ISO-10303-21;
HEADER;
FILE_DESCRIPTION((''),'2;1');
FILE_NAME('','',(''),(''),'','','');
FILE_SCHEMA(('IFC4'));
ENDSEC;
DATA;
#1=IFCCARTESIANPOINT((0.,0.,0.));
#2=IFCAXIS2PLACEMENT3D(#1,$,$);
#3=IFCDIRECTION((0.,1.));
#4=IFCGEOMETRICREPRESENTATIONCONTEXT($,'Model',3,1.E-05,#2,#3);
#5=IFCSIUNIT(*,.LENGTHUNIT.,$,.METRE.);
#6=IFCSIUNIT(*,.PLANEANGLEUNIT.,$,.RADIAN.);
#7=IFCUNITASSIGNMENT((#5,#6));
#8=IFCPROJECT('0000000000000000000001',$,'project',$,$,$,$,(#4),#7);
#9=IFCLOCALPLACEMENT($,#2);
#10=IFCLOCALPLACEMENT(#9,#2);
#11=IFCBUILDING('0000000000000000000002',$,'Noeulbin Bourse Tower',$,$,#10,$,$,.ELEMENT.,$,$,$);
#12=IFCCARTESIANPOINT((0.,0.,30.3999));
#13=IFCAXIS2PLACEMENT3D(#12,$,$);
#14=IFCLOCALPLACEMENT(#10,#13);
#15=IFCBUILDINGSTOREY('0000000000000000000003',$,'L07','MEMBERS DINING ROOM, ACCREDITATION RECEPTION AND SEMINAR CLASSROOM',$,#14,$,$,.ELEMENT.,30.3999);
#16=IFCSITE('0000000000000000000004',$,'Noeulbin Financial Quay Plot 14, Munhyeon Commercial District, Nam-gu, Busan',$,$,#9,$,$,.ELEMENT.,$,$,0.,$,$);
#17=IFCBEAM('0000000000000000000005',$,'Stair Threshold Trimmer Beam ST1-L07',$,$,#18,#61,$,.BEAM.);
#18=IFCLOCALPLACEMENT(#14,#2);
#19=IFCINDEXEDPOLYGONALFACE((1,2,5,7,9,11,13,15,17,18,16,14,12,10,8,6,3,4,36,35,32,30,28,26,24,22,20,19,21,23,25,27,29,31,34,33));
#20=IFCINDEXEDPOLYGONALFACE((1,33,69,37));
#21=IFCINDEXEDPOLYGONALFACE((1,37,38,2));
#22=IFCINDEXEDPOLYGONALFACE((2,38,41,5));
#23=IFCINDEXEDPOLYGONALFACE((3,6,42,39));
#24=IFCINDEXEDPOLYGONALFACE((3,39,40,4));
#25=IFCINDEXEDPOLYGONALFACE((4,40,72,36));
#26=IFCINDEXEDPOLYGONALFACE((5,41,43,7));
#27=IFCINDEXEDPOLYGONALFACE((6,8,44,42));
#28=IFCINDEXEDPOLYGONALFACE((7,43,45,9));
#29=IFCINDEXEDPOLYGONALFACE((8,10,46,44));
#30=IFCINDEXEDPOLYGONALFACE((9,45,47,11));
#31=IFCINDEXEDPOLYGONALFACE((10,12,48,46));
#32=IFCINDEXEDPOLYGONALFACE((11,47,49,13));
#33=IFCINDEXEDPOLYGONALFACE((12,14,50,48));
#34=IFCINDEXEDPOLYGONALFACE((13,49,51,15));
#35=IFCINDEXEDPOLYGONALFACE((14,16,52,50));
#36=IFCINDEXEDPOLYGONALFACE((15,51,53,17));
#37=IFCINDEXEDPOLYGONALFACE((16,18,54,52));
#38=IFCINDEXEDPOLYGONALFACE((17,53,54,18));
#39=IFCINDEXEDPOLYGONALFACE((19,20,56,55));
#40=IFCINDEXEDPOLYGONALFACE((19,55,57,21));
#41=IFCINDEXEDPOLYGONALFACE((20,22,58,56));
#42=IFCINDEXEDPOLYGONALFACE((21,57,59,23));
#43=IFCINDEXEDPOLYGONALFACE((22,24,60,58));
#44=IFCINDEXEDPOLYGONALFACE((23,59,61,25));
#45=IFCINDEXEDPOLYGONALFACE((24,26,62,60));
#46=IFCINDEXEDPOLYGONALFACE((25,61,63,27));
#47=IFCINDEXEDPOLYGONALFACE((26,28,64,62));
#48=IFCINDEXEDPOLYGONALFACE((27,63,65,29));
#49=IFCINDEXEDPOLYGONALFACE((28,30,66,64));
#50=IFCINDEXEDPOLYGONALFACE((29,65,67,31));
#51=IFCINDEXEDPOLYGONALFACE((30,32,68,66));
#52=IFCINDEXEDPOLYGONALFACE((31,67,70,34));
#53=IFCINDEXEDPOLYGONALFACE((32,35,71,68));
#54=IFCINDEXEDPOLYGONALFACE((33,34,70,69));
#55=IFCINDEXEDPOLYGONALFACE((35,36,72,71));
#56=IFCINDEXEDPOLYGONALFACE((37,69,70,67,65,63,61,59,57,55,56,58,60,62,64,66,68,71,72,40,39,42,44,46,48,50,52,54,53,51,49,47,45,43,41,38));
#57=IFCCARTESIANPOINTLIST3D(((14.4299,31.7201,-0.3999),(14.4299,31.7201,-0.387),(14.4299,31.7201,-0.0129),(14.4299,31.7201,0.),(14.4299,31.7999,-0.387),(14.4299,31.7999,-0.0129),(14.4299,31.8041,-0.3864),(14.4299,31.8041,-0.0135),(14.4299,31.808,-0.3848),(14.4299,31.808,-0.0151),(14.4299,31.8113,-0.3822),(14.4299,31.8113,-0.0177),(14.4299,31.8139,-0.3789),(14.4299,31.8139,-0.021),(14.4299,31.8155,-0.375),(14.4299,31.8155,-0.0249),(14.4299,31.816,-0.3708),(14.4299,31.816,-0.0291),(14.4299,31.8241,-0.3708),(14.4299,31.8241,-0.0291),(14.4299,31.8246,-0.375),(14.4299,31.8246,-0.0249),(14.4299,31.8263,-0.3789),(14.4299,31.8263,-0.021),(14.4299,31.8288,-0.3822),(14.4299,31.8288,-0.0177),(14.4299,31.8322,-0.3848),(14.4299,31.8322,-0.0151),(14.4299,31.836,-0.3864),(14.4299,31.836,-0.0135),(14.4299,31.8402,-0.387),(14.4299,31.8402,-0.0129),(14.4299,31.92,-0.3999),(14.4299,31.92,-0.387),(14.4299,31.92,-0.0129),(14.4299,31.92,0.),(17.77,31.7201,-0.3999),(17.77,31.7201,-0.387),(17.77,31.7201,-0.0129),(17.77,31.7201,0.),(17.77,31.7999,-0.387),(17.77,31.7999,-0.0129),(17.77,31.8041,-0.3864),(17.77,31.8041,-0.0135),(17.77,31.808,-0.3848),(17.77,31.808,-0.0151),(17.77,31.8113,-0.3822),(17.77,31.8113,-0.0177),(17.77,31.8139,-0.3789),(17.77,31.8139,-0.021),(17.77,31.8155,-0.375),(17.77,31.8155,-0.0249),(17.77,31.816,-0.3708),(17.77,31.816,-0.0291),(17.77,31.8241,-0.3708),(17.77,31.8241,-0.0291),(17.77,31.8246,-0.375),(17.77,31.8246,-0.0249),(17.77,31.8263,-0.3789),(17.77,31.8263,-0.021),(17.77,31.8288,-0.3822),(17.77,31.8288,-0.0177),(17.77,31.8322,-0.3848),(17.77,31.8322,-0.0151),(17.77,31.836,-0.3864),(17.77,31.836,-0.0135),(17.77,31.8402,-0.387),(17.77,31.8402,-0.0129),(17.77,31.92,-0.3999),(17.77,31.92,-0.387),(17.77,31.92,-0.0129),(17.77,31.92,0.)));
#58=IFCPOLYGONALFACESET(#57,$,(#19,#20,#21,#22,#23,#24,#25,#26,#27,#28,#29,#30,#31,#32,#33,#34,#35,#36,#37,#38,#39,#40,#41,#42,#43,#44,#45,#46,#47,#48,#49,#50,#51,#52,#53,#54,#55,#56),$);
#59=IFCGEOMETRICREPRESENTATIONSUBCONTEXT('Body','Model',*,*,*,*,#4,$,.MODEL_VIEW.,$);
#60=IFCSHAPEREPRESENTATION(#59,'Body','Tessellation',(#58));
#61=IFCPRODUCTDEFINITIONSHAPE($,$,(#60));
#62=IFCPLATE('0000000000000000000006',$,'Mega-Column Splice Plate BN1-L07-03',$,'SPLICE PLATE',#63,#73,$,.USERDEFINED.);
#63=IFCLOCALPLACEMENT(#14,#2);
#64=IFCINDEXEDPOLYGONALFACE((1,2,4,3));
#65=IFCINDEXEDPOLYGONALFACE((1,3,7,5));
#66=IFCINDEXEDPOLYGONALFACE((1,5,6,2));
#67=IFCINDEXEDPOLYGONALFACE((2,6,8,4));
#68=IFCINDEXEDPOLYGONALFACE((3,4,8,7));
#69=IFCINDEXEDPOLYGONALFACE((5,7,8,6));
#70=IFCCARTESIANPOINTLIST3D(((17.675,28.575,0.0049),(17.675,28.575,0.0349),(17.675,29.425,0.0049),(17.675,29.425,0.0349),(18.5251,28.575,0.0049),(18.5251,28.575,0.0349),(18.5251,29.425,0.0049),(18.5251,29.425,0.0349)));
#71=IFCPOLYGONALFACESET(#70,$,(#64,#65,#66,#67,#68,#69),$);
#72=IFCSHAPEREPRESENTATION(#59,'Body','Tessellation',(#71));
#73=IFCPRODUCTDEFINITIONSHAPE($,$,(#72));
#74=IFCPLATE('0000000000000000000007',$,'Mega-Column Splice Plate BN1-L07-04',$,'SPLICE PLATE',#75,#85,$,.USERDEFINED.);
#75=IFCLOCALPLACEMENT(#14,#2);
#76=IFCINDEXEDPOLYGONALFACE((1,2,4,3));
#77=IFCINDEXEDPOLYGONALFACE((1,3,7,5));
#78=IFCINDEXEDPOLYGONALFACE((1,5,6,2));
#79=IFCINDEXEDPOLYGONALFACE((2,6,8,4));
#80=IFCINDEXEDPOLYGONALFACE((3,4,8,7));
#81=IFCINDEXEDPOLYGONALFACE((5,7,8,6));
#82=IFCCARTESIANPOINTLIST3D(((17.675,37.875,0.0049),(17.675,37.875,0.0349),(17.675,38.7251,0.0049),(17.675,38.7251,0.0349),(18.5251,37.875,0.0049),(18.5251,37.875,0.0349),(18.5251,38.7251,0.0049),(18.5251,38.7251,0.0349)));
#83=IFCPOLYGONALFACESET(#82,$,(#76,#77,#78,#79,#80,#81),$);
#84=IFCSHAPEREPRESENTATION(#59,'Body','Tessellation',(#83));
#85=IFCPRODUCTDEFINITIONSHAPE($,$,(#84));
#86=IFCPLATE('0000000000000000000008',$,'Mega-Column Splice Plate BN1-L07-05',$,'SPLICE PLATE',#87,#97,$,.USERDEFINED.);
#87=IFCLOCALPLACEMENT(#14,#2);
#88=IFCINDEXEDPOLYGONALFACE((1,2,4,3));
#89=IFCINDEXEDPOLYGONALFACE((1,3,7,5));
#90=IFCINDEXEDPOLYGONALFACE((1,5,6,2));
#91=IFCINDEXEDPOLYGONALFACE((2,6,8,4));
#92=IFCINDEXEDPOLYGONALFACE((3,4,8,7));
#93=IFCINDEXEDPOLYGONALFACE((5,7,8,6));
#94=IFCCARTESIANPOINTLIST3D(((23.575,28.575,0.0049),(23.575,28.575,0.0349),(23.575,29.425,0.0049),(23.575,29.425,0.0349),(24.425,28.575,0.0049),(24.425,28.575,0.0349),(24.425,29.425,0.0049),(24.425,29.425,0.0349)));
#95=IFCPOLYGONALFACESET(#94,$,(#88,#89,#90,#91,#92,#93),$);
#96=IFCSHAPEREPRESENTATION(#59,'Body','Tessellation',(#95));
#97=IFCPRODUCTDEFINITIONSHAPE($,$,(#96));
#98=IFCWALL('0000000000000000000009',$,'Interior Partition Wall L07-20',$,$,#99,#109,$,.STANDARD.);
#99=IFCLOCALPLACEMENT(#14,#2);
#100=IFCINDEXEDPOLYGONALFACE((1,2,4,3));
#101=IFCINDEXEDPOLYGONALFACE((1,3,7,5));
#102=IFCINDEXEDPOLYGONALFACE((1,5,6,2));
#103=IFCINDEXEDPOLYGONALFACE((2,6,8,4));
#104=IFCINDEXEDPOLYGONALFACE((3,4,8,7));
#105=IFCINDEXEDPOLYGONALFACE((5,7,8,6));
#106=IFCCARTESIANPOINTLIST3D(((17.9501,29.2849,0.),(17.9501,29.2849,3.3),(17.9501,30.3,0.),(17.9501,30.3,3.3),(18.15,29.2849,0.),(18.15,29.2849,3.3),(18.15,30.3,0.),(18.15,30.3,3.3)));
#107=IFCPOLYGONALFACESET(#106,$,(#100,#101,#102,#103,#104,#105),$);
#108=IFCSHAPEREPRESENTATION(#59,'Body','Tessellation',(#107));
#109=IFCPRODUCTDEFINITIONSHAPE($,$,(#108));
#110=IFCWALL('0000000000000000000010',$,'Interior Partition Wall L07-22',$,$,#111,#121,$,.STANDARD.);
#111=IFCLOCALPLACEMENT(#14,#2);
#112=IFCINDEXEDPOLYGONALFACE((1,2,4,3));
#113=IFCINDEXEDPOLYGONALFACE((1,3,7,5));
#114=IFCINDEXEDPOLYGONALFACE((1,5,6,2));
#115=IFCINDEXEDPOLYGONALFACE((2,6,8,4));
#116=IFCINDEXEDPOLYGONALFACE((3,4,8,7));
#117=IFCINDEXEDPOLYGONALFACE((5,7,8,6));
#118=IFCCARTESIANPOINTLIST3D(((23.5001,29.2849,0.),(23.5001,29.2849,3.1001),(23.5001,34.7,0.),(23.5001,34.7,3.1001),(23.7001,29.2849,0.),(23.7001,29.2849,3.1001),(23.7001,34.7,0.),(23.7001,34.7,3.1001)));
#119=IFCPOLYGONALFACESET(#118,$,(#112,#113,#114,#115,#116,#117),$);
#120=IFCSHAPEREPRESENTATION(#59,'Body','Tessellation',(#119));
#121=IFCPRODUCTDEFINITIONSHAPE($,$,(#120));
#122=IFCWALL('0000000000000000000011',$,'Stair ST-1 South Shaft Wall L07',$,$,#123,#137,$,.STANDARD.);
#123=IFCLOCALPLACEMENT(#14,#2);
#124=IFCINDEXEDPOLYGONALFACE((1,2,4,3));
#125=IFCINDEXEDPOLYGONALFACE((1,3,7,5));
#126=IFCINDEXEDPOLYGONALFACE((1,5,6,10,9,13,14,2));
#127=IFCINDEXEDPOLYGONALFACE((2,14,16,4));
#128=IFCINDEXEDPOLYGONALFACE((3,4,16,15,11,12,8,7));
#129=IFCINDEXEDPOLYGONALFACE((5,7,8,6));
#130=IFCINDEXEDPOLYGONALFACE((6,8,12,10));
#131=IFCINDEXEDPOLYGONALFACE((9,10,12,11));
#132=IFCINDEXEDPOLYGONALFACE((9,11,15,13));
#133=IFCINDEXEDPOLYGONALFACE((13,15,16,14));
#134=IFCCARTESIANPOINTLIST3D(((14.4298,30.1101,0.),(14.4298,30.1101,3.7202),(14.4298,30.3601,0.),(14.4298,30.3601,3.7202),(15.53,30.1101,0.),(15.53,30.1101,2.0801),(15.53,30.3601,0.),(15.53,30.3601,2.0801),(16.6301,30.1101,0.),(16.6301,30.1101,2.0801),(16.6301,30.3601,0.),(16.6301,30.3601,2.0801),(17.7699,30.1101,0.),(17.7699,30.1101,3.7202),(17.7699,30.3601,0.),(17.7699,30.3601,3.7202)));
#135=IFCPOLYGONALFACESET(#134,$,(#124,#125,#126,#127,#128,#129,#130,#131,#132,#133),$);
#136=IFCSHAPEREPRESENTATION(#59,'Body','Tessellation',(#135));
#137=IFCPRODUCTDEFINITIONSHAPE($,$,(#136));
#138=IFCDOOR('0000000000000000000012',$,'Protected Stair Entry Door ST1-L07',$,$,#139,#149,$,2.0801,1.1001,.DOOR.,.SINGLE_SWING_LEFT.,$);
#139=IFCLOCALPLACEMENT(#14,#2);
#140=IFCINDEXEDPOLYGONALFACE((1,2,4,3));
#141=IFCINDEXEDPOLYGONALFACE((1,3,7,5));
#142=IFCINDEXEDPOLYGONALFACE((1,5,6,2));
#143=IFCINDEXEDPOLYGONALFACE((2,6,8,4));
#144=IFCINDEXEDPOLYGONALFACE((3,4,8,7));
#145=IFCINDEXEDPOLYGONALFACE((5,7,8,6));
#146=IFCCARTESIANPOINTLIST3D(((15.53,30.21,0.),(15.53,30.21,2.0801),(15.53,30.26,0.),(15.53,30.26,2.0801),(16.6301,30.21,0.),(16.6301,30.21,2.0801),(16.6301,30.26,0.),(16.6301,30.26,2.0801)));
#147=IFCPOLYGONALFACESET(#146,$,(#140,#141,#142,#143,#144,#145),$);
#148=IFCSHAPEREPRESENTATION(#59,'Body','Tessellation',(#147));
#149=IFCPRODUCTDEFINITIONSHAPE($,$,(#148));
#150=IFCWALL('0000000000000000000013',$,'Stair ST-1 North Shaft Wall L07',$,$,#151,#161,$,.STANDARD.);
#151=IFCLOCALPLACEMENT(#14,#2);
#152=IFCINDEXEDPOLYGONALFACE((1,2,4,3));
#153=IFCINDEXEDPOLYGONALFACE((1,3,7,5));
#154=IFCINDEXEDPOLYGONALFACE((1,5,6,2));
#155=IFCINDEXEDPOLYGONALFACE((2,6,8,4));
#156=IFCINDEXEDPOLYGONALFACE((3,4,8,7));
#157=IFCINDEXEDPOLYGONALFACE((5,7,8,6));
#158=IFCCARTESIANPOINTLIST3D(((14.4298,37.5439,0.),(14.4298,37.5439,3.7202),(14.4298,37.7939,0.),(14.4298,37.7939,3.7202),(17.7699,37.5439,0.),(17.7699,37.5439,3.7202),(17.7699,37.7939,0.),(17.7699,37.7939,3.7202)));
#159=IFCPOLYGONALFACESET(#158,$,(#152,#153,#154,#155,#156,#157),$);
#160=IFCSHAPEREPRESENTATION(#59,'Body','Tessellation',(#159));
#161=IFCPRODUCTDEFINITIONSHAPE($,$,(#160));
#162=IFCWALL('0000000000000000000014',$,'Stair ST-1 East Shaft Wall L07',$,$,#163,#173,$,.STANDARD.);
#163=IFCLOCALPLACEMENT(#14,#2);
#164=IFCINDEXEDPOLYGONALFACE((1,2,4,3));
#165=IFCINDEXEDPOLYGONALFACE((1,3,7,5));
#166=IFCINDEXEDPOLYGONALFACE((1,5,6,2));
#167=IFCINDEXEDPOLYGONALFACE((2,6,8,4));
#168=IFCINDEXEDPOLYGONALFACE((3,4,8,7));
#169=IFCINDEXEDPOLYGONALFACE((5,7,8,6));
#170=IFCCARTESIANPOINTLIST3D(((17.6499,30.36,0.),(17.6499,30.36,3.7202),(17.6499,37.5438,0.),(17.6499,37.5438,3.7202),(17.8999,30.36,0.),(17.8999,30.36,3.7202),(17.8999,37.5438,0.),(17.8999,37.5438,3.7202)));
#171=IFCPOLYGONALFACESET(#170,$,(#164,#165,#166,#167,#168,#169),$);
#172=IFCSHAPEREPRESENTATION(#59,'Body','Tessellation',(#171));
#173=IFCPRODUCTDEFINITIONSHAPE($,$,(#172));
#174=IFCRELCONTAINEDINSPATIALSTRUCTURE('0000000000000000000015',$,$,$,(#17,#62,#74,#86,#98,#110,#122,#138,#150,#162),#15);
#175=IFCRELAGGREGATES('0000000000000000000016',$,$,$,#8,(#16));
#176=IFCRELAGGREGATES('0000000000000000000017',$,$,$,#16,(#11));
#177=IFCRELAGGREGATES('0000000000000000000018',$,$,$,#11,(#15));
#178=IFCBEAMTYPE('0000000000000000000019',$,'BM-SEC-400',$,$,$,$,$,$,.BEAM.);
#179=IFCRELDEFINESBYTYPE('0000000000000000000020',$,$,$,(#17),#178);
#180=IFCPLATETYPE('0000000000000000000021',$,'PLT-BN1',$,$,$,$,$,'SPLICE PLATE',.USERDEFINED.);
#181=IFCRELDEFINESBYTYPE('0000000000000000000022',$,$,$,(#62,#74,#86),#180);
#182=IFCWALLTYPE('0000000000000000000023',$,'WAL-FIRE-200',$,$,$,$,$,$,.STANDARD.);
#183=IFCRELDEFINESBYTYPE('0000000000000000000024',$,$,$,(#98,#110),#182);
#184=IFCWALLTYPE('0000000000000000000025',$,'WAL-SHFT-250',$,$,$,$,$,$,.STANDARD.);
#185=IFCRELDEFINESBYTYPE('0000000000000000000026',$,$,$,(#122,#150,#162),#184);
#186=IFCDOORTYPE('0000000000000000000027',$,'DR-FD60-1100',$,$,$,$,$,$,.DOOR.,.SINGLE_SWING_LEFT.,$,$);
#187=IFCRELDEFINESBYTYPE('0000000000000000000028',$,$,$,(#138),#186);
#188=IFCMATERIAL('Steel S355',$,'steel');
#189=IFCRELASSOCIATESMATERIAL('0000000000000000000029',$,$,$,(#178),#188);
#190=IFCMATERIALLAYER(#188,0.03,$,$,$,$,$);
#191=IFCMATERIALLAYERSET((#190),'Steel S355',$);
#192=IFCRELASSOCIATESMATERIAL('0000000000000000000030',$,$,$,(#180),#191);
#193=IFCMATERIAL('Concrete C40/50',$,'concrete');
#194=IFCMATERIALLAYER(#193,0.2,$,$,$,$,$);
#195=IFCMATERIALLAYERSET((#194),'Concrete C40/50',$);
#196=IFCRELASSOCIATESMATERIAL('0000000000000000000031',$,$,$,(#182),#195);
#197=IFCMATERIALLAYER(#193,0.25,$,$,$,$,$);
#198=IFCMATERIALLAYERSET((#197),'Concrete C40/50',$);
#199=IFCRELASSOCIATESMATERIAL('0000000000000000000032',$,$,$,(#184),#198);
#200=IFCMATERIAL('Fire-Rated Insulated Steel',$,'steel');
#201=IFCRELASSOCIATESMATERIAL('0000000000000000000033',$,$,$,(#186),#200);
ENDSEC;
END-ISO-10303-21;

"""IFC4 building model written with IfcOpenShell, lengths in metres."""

from ifc_helpers import new_model, si_unit, direction, frame, frame_2d, origin, origin_2d, place, context, subcontext, project, spatial, rectangle, i_section, extrude, material, layer, layer_set, material_profile, profile_set, type_object, element, fill, save


model = new_model("IFC4")

# Units and contexts
model_context = context("Model", 3, precision=1e-05, world=origin(), true_north=direction((0.0, 1.0)))
body_context = subcontext(model_context, "Body", "Model", "MODEL_VIEW")
ifc_project = project(units=[si_unit("LENGTHUNIT", "METRE"), si_unit("PLANEANGLEUNIT", "RADIAN")], contexts=[model_context])

# Site, building, storey
site_placement = place(None, origin())
site = spatial("IfcSite", under=ifc_project, at=site_placement, Name="Noeulbin Financial Quay Plot 14, Munhyeon Commercial District, Nam-gu, Busan", CompositionType="ELEMENT", RefElevation=0.0)
building_placement = place(site_placement, origin())
building = spatial("IfcBuilding", under=site, at=building_placement, Name="Noeulbin Bourse Tower", CompositionType="ELEMENT")
storey_placement = place(building_placement, frame((0.0, 0.0, 30.3999)))
storey = spatial("IfcBuildingStorey", under=building, at=storey_placement, Name="L07", Description="MEMBERS DINING ROOM, ACCREDITATION RECEPTION AND SEMINAR CLASSROOM", CompositionType="ELEMENT", Elevation=30.3999)

# Beam
ifc_material_1 = material(Name="Steel S355", Category="steel")
ifc_material_profile_1 = material_profile(ifc_material_1, i_section(OverallWidth=0.2, OverallDepth=0.3999, WebThickness=0.0081, FlangeThickness=0.0129, FilletRadius=0.0161, at=origin_2d()), Name="H-400x200x8x13", Category="LoadBearing")
ifc_profile_set_1 = profile_set([ifc_material_profile_1], Name="Steel S355")
beam_type = type_object("IfcBeamType", Name="BM-SEC-400", PredefinedType="BEAM", material=ifc_profile_set_1)
beam_placement = place(storey_placement, frame((14.4299, 31.8201, -0.2), z_axis=(1.0, 0.0, 0.0), x_axis=(0.0, 1.0, 0.0)))
element("IfcBeam", 1, at=beam_placement, inside=storey, type_object=beam_type, Name="Stair Threshold Trimmer Beam ST1-L07", PredefinedType="BEAM", context=body_context, shape_type="SweptSolid", body=[
    extrude(i_section(OverallWidth=0.2, OverallDepth=0.3999, WebThickness=0.0081, FlangeThickness=0.0129, FilletRadius=0.0161, at=origin_2d()), origin(), (0.0, 0.0, 1.0), 3.3401),
])

# Plates
ifc_layer_1 = layer(ifc_material_1, 0.03)
ifc_layer_set_1 = layer_set([ifc_layer_1], Name="Steel S355")
plate_type = type_object("IfcPlateType", Name="PLT-BN1", ElementType="SPLICE PLATE", PredefinedType="USERDEFINED", material=ifc_layer_set_1)
for number, where, z_axis, x_axis, name in (
    (2, (18.1001, 29.0, 0.0049), (0.0, 0.0, 1.0), (1.0, 0.0, 0.0), "Mega-Column Splice Plate BN1-L07-03"),
    (3, (18.1001, 38.3, 0.0049), (0.0, 0.0, 1.0), (1.0, 0.0, 0.0), "Mega-Column Splice Plate BN1-L07-04"),
    (4, (24.0, 29.0, 0.0049), (0.0, 0.0, 1.0), (1.0, 0.0, 0.0), "Mega-Column Splice Plate BN1-L07-05"),
):
    element("IfcPlate", number, at=place(storey_placement, frame(where, z_axis=z_axis, x_axis=x_axis)), inside=storey, type_object=plate_type, Name=name, ObjectType="SPLICE PLATE", PredefinedType="USERDEFINED", context=body_context, shape_type="SweptSolid", body=[
        extrude(rectangle(XDim=0.8501, YDim=0.8501, at=origin_2d()), origin(), (0.0, 0.0, 1.0), 0.03),
    ])

# Walls
ifc_material_2 = material(Name="Concrete C40/50", Category="concrete")
ifc_layer_2 = layer(ifc_material_2, 0.2)
ifc_layer_set_2 = layer_set([ifc_layer_2], Name="Concrete C40/50")
wall_type_1 = type_object("IfcWallType", Name="WAL-FIRE-200", PredefinedType="STANDARD", material=ifc_layer_set_2)
wall_1_placement = place(storey_placement, frame((18.05, 29.2849, 0.0), z_axis=(0.0, 0.0, 1.0), x_axis=(0.0, 1.0, 0.0)))
element("IfcWall", 5, at=wall_1_placement, inside=storey, type_object=wall_type_1, Name="Interior Partition Wall L07-20", PredefinedType="STANDARD", context=body_context, shape_type="SweptSolid", body=[
    extrude(rectangle(XDim=1.0151, YDim=0.2, at=frame_2d((0.5076, 0.0))), origin(), (0.0, 0.0, 1.0), 3.3),
])
wall_2_placement = place(storey_placement, frame((23.6001, 29.2849, 0.0), z_axis=(0.0, 0.0, 1.0), x_axis=(0.0, 1.0, 0.0)))
element("IfcWall", 6, at=wall_2_placement, inside=storey, type_object=wall_type_1, Name="Interior Partition Wall L07-22", PredefinedType="STANDARD", context=body_context, shape_type="SweptSolid", body=[
    extrude(rectangle(XDim=5.415, YDim=0.2, at=frame_2d((2.7075, 0.0))), origin(), (0.0, 0.0, 1.0), 3.1001),
])

# Wall, opening, door
ifc_layer_3 = layer(ifc_material_2, 0.25)
ifc_layer_set_3 = layer_set([ifc_layer_3], Name="Concrete C40/50")
wall_type_2 = type_object("IfcWallType", Name="WAL-SHFT-250", PredefinedType="STANDARD", material=ifc_layer_set_3)
wall_3_placement = place(storey_placement, frame((14.4299, 30.2351, 0.0), z_axis=(0.0, 0.0, 1.0), x_axis=(1.0, 0.0, 0.0)))
wall_3 = element("IfcWall", 7, at=wall_3_placement, inside=storey, type_object=wall_type_2, Name="Stair ST-1 South Shaft Wall L07", PredefinedType="STANDARD", context=body_context, shape_type="SweptSolid", body=[
    extrude(rectangle(XDim=3.3401, YDim=0.25, at=frame_2d((1.6699, 0.0))), origin(), (0.0, 0.0, 1.0), 3.7202),
])
opening_1_placement = place(wall_3_placement, frame((1.1001, 0.0, 0.0)))
opening_1 = element("IfcOpeningElement", 8, at=opening_1_placement, cuts=wall_3, PredefinedType="OPENING", context=body_context, shape_type="SweptSolid", body=[
    extrude(rectangle(XDim=1.1001, YDim=2.0801, at=frame_2d((0.55, 1.04))), frame((0.0, 0.135, 0.0), z_axis=(0.0, -1.0, 0.0), x_axis=(1.0, 0.0, 0.0)), (0.0, 0.0, 1.0), 0.27),
])
ifc_material_3 = material(Name="Fire-Rated Insulated Steel", Category="steel")
door_type_1 = type_object("IfcDoorType", Name="DR-FD60-1100", OperationType="SINGLE_SWING_LEFT", PredefinedType="DOOR", material=ifc_material_3)
door_1_placement = place(opening_1_placement, origin())
door_1 = element("IfcDoor", 9, at=door_1_placement, inside=storey, type_object=door_type_1, Name="Protected Stair Entry Door ST1-L07", OperationType="SINGLE_SWING_LEFT", OverallHeight=2.0801, OverallWidth=1.1001, PredefinedType="DOOR", context=body_context, shape_type="SweptSolid", body=[
    extrude(rectangle(XDim=1.1001, YDim=2.0801, at=frame_2d((0.55, 1.04))), frame((0.0, 0.0249, 0.0), z_axis=(0.0, -1.0, 0.0), x_axis=(1.0, 0.0, 0.0)), (0.0, 0.0, 1.0), 0.05),
])
fill(opening_1, door_1)

# Walls
wall_4_placement = place(storey_placement, frame((14.4299, 37.6689, 0.0), z_axis=(0.0, 0.0, 1.0), x_axis=(1.0, 0.0, 0.0)))
element("IfcWall", 10, at=wall_4_placement, inside=storey, type_object=wall_type_2, Name="Stair ST-1 North Shaft Wall L07", PredefinedType="STANDARD", context=body_context, shape_type="SweptSolid", body=[
    extrude(rectangle(XDim=3.3401, YDim=0.25, at=frame_2d((1.6699, 0.0))), origin(), (0.0, 0.0, 1.0), 3.7202),
])
wall_5_placement = place(storey_placement, frame((17.7749, 30.3601, 0.0), z_axis=(0.0, 0.0, 1.0), x_axis=(0.0, 1.0, 0.0)))
element("IfcWall", 11, at=wall_5_placement, inside=storey, type_object=wall_type_2, Name="Stair ST-1 East Shaft Wall L07", PredefinedType="STANDARD", context=body_context, shape_type="SweptSolid", body=[
    extrude(rectangle(XDim=7.1838, YDim=0.25, at=frame_2d((3.5918, 0.0))), origin(), (0.0, 0.0, 1.0), 3.7202),
])

save(model, "model.ifc")
